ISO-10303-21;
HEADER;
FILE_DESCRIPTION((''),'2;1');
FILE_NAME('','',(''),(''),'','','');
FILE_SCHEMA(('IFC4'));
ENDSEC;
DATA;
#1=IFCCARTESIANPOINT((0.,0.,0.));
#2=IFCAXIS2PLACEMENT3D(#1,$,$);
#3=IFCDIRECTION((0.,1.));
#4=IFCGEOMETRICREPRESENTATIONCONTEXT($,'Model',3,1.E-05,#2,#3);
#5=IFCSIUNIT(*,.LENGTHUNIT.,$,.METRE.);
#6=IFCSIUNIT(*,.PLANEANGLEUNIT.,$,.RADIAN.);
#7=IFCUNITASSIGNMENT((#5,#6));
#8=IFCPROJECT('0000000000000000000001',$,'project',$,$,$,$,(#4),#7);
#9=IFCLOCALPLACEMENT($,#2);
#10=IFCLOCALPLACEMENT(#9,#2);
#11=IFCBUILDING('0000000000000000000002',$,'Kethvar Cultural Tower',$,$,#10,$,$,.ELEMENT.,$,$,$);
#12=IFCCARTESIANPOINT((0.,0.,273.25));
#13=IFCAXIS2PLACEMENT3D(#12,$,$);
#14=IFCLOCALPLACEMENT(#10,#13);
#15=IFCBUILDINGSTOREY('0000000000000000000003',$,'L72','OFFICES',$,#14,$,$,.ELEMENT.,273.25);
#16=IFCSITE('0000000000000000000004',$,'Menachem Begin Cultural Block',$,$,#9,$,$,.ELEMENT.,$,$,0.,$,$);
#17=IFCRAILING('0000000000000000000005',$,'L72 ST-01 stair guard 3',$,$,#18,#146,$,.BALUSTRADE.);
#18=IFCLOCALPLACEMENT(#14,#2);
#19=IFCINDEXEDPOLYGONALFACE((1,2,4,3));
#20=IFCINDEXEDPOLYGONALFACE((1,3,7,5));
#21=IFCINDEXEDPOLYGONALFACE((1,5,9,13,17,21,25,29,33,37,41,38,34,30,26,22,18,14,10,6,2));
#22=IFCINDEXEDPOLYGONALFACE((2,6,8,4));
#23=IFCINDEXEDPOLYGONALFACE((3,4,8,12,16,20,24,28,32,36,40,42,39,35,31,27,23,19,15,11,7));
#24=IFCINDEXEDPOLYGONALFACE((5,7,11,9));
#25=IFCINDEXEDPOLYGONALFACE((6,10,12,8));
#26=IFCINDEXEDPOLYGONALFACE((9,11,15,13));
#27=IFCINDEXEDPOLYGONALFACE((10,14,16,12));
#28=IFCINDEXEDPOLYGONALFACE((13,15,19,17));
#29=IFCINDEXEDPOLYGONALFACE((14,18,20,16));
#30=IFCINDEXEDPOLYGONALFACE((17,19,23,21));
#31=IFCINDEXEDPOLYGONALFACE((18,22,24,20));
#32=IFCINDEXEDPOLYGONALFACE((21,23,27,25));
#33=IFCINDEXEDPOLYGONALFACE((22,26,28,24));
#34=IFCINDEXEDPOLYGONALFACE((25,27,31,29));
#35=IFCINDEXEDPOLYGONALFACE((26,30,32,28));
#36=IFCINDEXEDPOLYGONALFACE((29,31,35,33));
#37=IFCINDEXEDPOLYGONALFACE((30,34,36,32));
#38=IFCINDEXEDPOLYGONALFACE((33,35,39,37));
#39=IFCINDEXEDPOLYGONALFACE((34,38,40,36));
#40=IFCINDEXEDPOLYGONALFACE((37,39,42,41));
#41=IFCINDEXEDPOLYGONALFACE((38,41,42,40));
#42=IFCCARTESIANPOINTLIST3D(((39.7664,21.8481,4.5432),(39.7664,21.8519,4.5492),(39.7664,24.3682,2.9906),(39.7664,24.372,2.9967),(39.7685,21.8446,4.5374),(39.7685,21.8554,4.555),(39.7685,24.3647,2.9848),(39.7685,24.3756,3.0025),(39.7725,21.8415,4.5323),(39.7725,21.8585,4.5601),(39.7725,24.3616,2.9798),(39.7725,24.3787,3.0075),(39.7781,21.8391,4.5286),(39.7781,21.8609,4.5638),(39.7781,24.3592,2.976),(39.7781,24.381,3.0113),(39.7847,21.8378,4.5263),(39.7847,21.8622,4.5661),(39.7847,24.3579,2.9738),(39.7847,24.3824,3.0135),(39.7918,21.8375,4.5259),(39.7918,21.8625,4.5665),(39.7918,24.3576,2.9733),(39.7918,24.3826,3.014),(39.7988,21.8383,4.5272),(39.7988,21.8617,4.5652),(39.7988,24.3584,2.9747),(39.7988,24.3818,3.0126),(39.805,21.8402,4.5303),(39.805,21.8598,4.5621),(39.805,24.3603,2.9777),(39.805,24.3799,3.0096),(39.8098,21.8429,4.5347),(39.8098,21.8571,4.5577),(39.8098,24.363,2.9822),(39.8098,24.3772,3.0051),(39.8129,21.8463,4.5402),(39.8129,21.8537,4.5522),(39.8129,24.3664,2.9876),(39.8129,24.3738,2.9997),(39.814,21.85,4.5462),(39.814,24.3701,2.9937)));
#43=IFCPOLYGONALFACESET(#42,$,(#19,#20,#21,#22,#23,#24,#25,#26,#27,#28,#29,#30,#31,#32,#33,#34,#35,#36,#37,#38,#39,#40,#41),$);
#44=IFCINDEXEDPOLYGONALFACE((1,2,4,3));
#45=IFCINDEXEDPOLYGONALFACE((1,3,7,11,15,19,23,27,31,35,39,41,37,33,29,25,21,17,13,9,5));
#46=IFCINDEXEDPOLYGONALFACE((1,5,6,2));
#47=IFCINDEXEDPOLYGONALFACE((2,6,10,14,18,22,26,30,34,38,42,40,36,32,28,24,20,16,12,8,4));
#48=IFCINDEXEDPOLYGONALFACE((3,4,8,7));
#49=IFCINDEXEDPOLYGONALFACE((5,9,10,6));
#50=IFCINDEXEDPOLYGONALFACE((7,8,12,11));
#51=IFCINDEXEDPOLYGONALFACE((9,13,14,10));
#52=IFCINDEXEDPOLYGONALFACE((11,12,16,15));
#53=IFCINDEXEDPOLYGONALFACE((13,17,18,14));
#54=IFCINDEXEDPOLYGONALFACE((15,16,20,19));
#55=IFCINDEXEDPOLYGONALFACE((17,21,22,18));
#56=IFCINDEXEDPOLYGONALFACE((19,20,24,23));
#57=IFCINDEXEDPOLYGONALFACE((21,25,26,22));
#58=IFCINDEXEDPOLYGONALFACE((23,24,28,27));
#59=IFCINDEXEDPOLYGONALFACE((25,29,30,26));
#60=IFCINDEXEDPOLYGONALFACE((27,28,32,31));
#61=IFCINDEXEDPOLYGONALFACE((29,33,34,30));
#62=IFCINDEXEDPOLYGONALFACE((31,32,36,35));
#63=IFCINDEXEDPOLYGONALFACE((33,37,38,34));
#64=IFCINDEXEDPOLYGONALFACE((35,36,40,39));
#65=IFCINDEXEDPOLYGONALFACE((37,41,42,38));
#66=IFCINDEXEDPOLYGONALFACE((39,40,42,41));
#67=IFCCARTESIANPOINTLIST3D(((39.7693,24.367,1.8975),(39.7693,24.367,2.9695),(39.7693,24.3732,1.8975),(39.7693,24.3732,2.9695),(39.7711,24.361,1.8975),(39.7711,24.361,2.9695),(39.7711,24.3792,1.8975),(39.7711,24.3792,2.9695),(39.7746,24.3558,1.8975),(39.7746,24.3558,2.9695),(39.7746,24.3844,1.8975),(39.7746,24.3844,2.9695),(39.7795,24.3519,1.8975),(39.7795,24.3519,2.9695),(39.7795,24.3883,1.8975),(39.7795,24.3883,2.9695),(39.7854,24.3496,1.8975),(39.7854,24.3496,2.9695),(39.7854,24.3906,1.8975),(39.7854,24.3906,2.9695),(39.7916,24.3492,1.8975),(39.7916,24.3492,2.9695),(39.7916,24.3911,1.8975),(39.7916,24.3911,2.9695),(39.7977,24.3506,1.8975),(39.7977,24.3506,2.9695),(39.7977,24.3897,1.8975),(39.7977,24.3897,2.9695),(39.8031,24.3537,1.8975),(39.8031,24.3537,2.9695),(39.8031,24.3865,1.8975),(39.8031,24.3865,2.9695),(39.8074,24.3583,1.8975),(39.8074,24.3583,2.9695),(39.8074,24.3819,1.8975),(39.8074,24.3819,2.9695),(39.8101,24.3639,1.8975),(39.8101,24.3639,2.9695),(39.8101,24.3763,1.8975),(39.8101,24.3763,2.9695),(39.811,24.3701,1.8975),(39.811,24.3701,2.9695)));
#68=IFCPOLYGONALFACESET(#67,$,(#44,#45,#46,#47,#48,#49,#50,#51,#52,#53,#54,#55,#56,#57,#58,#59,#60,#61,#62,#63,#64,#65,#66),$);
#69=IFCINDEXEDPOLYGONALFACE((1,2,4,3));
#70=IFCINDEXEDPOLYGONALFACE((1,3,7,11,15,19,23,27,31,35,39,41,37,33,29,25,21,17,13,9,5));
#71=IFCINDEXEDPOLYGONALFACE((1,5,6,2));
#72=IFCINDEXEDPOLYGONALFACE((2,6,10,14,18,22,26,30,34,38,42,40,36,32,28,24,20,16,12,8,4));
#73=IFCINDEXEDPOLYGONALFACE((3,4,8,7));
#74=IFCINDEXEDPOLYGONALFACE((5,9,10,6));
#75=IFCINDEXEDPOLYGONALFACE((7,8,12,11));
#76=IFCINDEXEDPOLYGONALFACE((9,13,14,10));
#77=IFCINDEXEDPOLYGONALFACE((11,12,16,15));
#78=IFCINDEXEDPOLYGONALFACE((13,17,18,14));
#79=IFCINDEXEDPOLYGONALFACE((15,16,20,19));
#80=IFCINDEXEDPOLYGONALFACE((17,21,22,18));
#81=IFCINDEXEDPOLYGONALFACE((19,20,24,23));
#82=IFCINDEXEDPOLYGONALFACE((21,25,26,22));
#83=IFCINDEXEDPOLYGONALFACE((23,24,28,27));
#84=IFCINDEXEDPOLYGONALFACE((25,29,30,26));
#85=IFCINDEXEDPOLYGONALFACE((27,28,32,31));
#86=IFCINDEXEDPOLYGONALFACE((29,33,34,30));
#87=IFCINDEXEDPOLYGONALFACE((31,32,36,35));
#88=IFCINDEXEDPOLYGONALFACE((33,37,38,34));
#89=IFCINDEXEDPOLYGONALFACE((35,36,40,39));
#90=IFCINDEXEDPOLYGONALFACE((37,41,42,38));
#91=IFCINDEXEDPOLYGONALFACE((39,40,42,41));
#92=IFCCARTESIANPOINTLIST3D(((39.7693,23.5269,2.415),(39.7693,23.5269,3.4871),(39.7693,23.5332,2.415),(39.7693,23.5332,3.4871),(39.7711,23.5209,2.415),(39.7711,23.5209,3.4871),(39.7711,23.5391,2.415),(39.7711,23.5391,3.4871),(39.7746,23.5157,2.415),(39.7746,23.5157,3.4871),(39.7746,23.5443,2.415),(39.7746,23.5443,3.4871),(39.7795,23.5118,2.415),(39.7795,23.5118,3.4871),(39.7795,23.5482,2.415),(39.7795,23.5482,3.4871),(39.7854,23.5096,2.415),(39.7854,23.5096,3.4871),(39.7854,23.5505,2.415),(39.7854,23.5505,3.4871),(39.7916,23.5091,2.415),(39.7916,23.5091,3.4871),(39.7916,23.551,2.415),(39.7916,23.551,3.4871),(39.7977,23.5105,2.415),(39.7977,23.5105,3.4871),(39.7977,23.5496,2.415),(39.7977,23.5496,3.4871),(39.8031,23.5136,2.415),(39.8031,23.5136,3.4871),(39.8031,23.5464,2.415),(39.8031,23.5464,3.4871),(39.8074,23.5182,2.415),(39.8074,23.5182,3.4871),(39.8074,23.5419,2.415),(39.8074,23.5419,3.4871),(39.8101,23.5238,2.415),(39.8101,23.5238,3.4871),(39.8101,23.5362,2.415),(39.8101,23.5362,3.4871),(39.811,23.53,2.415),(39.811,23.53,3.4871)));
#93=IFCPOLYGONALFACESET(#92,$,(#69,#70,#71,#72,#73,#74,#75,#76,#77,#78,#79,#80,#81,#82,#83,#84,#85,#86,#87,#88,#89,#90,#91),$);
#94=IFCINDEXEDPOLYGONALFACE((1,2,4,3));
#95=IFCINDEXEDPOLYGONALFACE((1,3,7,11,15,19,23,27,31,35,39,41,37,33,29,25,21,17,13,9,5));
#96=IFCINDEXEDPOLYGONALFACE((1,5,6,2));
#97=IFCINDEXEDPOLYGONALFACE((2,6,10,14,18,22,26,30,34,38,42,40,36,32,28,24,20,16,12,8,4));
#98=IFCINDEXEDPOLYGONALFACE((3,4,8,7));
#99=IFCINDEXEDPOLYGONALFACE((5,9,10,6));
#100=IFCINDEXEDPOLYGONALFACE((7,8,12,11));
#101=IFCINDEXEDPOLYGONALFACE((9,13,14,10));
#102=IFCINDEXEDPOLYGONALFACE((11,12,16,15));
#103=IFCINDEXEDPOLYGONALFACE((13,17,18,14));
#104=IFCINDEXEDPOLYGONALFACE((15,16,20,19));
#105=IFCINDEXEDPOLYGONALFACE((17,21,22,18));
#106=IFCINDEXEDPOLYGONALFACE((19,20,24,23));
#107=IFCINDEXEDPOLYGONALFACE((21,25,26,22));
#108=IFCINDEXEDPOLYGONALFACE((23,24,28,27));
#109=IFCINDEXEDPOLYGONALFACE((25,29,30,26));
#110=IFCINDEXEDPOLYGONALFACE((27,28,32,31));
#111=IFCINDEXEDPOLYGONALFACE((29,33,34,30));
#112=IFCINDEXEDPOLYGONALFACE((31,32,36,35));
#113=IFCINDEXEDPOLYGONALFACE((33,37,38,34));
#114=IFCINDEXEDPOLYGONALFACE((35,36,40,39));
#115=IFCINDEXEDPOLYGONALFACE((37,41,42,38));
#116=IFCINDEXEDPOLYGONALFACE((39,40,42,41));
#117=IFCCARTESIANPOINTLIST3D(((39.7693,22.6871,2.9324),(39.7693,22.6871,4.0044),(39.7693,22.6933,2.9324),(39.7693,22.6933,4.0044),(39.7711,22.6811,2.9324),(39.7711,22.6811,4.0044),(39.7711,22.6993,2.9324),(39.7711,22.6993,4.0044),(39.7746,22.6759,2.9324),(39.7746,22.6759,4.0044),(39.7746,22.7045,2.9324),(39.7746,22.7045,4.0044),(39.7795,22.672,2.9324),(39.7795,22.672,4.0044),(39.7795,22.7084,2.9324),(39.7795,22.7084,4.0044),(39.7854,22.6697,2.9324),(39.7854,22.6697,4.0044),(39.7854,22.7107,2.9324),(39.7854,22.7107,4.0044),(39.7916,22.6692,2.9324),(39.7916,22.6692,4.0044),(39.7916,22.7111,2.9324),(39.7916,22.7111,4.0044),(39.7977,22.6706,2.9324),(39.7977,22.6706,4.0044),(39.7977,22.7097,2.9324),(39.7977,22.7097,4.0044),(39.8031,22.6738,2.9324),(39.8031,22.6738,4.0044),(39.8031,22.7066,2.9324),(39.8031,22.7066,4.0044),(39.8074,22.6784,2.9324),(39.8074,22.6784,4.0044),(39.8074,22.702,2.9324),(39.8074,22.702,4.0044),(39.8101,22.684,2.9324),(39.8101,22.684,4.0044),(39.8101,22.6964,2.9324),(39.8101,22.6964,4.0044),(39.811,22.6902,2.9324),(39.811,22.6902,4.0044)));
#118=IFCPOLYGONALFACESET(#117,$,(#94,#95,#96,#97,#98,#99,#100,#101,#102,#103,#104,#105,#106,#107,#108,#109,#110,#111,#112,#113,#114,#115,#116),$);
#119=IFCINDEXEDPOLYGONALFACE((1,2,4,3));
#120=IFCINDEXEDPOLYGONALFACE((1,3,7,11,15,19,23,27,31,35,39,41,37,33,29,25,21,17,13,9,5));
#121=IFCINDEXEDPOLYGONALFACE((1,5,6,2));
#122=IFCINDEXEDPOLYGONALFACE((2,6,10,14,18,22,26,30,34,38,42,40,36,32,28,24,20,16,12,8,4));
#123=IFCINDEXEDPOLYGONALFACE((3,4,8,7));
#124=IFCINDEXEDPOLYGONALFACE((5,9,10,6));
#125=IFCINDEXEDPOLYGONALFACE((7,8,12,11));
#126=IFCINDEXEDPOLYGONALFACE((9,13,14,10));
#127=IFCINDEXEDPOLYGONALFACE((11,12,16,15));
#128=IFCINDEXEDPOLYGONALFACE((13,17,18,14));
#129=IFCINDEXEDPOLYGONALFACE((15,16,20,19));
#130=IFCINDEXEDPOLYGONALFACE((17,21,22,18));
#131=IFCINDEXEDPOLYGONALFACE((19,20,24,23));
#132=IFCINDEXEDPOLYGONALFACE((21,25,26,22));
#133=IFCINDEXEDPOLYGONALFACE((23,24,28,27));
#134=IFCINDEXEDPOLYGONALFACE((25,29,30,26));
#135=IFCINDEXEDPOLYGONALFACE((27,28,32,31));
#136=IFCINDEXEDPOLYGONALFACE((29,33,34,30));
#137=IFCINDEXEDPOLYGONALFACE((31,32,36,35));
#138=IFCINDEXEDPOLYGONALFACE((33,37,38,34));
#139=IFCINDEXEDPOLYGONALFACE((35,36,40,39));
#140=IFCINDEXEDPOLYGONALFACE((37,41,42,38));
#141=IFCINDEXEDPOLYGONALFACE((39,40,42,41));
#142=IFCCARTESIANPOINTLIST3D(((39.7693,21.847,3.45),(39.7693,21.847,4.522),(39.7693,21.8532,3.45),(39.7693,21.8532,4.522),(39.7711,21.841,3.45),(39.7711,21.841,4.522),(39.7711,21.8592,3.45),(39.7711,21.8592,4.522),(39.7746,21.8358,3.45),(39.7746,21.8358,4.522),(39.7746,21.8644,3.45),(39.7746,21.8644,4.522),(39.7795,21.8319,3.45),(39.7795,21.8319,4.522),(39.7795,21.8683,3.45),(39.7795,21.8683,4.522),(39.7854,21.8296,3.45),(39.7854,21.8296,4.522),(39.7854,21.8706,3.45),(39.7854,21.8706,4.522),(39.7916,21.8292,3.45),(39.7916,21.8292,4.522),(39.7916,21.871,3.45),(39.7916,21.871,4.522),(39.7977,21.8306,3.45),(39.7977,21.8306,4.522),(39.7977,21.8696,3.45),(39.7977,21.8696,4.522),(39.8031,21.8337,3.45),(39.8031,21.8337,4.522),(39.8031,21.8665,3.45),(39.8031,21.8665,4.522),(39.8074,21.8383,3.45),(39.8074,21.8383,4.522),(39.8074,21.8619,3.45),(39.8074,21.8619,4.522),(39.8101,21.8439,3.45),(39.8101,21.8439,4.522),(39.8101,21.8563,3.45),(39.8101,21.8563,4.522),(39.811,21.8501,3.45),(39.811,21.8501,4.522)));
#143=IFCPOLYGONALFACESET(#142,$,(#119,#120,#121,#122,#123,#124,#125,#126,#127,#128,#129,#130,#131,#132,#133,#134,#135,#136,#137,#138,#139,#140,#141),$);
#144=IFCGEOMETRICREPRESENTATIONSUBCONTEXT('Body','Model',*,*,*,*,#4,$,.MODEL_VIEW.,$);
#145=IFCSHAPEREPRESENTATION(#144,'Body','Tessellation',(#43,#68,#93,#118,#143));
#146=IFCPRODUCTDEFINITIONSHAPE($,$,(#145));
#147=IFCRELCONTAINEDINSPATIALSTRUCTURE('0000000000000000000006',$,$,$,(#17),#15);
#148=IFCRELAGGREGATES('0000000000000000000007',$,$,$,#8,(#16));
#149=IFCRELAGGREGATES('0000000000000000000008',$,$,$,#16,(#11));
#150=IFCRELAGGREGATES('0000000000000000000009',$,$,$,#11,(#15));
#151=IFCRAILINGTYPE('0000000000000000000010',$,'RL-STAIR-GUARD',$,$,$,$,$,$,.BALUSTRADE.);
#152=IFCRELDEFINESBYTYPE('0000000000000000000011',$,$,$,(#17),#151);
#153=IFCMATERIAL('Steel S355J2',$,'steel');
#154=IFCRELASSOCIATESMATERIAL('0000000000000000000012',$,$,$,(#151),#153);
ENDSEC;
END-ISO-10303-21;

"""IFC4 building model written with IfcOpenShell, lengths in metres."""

from ifc_helpers import new_model, si_unit, direction, frame, origin, origin_2d, place, context, subcontext, project, spatial, circle, extrude, material, type_object, element, save


model = new_model("IFC4")

# Units and contexts
model_context = context("Model", 3, precision=1e-05, world=origin(), true_north=direction((0.0, 1.0)))
body_context = subcontext(model_context, "Body", "Model", "MODEL_VIEW")
ifc_project = project(units=[si_unit("LENGTHUNIT", "METRE"), si_unit("PLANEANGLEUNIT", "RADIAN")], contexts=[model_context])

# Site, building, storey
site_placement = place(None, origin())
site = spatial("IfcSite", under=ifc_project, at=site_placement, Name="Menachem Begin Cultural Block", CompositionType="ELEMENT", RefElevation=0.0)
building_placement = place(site_placement, origin())
building = spatial("IfcBuilding", under=site, at=building_placement, Name="Kethvar Cultural Tower", CompositionType="ELEMENT")
storey_placement = place(building_placement, frame((0.0, 0.0, 273.25)))
storey = spatial("IfcBuildingStorey", under=building, at=storey_placement, Name="L72", Description="OFFICES", CompositionType="ELEMENT", Elevation=273.25)

# Shared definitions
ifc_material_1 = material(Name="Steel S355J2", Category="steel")

# Railing
railing_type_1 = type_object("IfcRailingType", Name="RL-STAIR-GUARD", PredefinedType="BALUSTRADE", material=ifc_material_1)
railing_1_placement = place(storey_placement, frame((39.79, 24.3701, 1.8975)))
element("IfcRailing", 1, at=railing_1_placement, inside=storey, type_object=railing_type_1, Name="L72 ST-01 stair guard 3", PredefinedType="BALUSTRADE", context=body_context, shape_type="SweptSolid", body=[
    extrude(circle(Radius=0.0239, at=origin_2d()), frame((0.0, 0.0, 1.0962), z_axis=(0.0, -0.8514, 0.524516), x_axis=(1.0, 0.0, 0.0)), (0.0, 0.0, 1.0), 2.96),
    extrude(circle(Radius=0.021, at=origin_2d()), origin(), (0.0, 0.0, 1.0), 1.072),
    extrude(circle(Radius=0.021, at=origin_2d()), frame((0.0, -0.8401, 0.5176)), (0.0, 0.0, 1.0), 1.072),
    extrude(circle(Radius=0.021, at=origin_2d()), frame((0.0, -1.6799, 1.0349)), (0.0, 0.0, 1.0), 1.072),
    extrude(circle(Radius=0.021, at=origin_2d()), frame((0.0, -2.52, 1.5525)), (0.0, 0.0, 1.0), 1.072),
])

save(model, "model.ifc")
